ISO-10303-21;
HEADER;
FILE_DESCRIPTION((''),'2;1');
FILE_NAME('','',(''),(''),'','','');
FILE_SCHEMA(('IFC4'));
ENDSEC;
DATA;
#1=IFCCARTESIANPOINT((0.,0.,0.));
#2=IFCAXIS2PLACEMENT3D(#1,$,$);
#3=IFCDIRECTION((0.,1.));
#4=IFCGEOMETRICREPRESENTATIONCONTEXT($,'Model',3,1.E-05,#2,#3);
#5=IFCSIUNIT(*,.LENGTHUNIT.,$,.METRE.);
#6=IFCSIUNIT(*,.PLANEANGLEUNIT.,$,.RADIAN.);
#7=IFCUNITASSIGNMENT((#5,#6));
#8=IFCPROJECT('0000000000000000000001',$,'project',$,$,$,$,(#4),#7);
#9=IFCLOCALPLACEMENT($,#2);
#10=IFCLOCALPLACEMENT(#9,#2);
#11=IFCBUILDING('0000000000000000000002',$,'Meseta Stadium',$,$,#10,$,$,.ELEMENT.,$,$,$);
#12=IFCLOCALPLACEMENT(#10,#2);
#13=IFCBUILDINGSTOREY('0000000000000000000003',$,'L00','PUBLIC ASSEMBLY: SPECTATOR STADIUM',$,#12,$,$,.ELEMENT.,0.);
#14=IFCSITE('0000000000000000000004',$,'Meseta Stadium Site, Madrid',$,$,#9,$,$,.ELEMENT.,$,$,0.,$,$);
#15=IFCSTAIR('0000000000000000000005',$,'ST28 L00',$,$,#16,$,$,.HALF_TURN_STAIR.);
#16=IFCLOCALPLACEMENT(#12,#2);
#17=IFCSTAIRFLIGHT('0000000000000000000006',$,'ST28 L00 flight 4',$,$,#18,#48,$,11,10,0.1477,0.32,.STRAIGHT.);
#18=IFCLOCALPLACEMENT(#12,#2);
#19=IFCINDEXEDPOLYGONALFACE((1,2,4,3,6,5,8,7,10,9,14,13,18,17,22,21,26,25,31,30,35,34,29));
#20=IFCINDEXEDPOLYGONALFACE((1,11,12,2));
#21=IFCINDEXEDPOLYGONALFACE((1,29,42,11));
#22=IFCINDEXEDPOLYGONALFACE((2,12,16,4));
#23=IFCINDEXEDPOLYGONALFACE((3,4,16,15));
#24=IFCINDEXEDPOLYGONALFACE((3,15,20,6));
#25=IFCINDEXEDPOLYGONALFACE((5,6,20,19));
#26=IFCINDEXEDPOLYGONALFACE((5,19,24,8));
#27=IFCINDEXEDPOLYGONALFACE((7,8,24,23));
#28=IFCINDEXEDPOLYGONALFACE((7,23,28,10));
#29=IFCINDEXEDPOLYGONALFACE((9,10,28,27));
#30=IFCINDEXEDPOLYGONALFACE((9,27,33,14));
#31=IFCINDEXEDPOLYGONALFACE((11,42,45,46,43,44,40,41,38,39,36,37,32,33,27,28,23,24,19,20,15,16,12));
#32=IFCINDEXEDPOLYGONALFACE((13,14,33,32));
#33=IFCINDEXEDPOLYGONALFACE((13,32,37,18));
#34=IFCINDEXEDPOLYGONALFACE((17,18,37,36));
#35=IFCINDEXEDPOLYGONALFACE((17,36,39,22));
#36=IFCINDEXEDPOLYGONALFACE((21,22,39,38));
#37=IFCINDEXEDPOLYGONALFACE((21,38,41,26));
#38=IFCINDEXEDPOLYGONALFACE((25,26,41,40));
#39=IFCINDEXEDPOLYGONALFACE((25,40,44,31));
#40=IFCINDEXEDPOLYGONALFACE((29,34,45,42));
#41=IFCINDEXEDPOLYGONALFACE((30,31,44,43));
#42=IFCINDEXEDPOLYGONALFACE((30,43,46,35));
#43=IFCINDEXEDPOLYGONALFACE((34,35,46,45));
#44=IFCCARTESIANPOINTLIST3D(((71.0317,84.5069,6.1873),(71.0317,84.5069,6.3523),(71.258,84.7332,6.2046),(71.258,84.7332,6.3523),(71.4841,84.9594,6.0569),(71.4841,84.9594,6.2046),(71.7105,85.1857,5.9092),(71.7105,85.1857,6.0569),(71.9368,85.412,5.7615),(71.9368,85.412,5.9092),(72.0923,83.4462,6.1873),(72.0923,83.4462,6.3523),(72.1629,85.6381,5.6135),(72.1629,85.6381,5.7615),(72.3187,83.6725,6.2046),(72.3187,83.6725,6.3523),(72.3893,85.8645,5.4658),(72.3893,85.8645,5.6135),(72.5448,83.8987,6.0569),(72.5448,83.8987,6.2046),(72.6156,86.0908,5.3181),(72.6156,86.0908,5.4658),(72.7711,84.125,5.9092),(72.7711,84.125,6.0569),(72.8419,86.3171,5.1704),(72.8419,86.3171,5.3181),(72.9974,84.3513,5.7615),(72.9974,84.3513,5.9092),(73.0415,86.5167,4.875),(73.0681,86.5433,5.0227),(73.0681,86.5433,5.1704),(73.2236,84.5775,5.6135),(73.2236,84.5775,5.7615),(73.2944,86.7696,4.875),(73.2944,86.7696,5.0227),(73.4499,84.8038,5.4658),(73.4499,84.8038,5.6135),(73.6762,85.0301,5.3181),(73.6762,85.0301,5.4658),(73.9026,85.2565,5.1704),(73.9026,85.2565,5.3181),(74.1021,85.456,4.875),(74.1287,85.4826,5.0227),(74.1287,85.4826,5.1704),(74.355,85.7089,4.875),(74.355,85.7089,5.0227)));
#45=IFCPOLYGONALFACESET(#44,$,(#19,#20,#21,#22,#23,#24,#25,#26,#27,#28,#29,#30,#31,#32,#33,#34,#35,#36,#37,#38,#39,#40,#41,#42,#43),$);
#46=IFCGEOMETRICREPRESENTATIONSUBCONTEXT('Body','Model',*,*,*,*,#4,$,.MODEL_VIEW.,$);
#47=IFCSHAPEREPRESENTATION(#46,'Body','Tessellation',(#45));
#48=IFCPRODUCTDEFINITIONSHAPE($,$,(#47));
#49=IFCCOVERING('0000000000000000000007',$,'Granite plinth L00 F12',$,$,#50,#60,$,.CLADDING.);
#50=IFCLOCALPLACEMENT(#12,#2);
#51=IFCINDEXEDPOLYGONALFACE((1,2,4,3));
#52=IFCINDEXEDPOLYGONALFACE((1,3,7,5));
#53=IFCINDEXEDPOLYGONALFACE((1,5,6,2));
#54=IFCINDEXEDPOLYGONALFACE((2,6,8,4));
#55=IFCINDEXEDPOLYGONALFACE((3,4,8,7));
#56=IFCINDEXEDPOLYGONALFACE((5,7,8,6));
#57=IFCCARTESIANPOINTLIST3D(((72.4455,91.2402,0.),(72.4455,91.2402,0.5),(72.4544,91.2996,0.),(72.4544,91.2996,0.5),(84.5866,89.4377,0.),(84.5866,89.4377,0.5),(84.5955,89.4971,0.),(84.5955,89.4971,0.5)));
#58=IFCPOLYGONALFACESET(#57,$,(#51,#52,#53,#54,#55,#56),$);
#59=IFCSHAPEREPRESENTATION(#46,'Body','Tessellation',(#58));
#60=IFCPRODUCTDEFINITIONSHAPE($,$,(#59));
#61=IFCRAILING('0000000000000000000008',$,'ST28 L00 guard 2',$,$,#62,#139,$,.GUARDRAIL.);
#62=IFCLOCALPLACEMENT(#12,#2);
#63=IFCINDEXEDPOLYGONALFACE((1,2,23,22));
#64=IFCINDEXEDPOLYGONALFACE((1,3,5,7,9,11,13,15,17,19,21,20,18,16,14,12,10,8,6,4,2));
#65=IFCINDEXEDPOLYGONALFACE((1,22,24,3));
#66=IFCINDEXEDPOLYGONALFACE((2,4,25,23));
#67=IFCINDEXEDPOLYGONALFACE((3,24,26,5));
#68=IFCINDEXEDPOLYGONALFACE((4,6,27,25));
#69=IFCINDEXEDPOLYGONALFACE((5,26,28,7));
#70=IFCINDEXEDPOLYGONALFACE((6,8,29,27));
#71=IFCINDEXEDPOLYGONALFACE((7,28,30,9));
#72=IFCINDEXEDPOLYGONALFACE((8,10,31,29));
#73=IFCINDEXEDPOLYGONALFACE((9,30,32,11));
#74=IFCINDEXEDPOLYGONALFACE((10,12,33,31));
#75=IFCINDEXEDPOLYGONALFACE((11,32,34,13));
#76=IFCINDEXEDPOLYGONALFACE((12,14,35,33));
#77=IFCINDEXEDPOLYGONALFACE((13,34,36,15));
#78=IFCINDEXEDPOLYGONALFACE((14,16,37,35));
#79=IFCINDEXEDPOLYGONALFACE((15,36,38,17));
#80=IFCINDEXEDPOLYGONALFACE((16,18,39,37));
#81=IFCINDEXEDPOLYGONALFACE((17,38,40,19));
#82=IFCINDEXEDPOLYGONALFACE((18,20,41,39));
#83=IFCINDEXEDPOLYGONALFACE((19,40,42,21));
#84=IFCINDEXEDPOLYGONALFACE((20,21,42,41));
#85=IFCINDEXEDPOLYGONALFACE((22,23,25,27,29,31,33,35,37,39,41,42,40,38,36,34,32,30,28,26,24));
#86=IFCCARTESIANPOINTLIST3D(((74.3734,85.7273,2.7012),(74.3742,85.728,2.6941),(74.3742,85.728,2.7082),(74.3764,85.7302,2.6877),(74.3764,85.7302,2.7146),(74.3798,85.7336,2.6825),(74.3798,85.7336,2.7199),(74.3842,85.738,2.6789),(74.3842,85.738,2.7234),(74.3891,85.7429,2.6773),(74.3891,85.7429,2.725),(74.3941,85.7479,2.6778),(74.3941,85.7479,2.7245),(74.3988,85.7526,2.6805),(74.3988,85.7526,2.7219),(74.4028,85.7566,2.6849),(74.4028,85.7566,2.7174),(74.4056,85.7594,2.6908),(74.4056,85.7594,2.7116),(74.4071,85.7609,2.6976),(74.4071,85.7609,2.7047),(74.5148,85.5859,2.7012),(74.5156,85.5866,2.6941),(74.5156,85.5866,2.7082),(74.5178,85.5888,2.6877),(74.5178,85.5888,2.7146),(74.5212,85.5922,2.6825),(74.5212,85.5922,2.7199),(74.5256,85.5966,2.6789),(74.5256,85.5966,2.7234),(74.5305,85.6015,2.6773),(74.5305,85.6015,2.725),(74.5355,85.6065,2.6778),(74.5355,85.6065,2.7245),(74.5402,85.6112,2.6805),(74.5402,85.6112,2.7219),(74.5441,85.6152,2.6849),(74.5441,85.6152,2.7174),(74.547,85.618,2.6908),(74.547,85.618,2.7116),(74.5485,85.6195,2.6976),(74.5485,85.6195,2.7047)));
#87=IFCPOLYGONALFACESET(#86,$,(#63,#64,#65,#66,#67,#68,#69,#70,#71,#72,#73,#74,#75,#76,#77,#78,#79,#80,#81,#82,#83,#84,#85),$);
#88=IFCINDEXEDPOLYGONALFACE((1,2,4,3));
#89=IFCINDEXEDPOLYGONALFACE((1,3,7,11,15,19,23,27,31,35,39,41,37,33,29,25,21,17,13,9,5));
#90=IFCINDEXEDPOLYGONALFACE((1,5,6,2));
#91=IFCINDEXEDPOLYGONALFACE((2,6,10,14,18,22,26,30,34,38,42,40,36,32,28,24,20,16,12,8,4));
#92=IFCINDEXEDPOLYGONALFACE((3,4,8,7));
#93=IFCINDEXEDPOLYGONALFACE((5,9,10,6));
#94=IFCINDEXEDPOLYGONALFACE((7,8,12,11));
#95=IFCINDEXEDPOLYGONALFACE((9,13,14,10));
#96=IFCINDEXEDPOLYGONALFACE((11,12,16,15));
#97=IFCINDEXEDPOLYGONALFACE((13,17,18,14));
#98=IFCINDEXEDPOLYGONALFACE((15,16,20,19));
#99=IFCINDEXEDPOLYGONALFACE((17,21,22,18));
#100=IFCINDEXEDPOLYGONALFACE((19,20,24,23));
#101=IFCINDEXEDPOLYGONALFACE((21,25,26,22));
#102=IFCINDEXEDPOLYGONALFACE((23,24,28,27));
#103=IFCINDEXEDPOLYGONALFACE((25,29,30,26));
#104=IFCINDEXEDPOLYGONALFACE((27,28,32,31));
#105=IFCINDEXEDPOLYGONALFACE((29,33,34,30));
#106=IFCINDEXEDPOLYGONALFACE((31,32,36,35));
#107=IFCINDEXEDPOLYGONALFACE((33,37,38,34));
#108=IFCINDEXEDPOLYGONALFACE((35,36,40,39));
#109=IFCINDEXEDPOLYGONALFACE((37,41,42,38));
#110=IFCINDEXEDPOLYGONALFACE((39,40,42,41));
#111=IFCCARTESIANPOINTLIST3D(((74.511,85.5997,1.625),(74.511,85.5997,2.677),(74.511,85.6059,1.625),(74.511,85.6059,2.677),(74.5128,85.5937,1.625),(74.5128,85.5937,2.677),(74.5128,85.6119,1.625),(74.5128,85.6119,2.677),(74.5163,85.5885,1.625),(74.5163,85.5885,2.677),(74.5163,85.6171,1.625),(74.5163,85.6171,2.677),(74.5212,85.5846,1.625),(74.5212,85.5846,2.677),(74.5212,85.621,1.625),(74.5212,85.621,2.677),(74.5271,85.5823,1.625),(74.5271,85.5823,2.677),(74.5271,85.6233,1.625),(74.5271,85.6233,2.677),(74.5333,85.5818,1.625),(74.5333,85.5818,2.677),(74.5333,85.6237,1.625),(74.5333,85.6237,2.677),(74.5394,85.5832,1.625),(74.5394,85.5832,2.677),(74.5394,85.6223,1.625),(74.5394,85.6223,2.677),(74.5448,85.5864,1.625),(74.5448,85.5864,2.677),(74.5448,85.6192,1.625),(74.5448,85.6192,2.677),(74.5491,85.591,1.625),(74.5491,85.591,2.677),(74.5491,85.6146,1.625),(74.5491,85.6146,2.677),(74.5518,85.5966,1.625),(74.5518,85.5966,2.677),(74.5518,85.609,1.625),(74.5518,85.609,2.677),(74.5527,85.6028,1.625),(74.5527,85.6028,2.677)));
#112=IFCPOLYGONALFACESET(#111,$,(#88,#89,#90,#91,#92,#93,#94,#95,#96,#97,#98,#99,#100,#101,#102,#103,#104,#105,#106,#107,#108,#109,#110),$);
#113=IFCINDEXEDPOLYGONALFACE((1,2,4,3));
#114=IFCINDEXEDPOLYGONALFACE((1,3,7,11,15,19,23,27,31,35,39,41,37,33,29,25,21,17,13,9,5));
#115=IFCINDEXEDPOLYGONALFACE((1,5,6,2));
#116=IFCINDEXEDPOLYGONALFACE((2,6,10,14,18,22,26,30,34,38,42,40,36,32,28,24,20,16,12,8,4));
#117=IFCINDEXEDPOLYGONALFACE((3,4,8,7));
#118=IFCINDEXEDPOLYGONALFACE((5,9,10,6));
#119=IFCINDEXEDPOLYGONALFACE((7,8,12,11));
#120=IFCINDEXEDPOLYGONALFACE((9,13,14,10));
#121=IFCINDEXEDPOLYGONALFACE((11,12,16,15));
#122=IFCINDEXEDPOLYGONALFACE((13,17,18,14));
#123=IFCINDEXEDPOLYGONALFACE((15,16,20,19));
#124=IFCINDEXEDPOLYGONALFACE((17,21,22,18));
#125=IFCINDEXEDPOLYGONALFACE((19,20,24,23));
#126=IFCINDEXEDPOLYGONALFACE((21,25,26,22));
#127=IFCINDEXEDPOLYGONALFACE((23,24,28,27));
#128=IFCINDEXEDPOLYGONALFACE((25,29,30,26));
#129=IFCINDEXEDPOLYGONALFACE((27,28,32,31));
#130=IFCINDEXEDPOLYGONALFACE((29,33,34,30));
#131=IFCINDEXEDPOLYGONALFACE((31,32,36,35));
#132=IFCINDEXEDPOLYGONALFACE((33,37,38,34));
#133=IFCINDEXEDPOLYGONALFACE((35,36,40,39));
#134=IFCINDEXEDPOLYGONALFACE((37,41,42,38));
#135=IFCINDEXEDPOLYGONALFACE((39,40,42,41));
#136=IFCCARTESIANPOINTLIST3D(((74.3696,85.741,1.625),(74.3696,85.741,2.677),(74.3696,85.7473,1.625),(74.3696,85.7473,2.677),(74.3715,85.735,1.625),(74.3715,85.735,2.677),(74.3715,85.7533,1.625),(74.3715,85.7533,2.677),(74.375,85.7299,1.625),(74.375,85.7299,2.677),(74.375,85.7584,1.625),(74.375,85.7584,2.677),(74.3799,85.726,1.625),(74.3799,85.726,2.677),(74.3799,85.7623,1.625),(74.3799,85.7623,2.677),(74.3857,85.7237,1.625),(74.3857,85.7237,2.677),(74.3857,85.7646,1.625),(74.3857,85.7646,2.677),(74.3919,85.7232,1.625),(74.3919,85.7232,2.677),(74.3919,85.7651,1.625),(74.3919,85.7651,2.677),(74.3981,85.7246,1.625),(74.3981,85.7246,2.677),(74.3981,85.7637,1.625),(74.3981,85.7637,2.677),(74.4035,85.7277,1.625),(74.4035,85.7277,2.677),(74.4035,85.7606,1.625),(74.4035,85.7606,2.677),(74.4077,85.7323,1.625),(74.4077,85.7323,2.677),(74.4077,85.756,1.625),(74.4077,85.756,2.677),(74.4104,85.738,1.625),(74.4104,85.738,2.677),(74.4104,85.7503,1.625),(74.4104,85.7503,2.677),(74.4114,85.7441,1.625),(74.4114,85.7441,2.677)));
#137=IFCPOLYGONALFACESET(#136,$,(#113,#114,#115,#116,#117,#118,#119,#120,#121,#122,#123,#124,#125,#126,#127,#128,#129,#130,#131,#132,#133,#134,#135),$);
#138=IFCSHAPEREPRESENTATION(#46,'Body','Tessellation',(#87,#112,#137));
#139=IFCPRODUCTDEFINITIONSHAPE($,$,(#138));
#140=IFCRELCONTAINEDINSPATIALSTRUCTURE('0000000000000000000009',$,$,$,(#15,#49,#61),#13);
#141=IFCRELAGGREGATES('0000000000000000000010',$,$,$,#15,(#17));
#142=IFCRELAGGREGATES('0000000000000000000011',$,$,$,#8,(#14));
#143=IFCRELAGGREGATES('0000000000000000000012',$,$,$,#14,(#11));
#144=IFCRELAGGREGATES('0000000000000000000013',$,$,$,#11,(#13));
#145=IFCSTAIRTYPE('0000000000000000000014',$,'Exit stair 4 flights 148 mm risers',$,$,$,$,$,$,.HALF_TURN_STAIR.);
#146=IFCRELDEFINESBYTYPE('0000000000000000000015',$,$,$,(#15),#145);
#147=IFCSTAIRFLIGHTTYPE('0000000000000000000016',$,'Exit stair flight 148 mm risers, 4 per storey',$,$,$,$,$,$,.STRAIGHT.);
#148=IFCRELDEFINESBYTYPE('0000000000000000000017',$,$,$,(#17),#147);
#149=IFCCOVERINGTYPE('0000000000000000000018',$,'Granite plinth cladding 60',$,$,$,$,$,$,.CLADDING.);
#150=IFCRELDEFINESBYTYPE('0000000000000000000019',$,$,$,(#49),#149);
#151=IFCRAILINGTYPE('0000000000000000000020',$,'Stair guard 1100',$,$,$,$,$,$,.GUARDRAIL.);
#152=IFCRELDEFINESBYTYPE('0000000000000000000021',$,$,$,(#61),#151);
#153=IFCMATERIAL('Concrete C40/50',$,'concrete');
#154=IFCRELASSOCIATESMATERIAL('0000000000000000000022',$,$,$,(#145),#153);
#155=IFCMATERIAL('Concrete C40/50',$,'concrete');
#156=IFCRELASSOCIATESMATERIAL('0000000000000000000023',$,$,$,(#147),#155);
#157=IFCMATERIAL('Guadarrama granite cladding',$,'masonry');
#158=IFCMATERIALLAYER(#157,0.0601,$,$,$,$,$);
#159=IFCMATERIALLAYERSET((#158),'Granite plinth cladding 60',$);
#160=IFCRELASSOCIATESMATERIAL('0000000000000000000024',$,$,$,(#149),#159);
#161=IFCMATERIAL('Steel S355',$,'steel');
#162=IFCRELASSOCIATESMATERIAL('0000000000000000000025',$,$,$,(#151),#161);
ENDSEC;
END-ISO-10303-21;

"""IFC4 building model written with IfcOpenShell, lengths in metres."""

from ifc_helpers import new_model, si_unit, direction, frame, origin, origin_2d, place, context, subcontext, project, spatial, polyline, rectangle, circle, outline, extrude, material, layer, layer_set, type_object, element, aggregate, save


model = new_model("IFC4")

# Units and contexts
model_context = context("Model", 3, precision=1e-05, world=origin(), true_north=direction((0.0, 1.0)))
body_context = subcontext(model_context, "Body", "Model", "MODEL_VIEW")
ifc_project = project(units=[si_unit("LENGTHUNIT", "METRE"), si_unit("PLANEANGLEUNIT", "RADIAN")], contexts=[model_context])

# Site, building, storey
site_placement = place(None, origin())
site = spatial("IfcSite", under=ifc_project, at=site_placement, Name="Meseta Stadium Site, Madrid", CompositionType="ELEMENT", RefElevation=0.0)
building_placement = place(site_placement, origin())
building = spatial("IfcBuilding", under=site, at=building_placement, Name="Meseta Stadium", CompositionType="ELEMENT")
storey_placement = place(building_placement, origin())
storey = spatial("IfcBuildingStorey", under=building, at=storey_placement, Name="L00", Description="PUBLIC ASSEMBLY: SPECTATOR STADIUM", CompositionType="ELEMENT", Elevation=0.0)

# Shared definitions
ifc_material_1 = material(Name="Concrete C40/50", Category="concrete")
stair_type = type_object("IfcStairType", Name="Exit stair 4 flights 148 mm risers", PredefinedType="HALF_TURN_STAIR", material=ifc_material_1)
ifc_material_2 = material(Name="Concrete C40/50", Category="concrete")
stair_flight_type = type_object("IfcStairFlightType", Name="Exit stair flight 148 mm risers, 4 per storey", PredefinedType="STRAIGHT", material=ifc_material_2)

# Stair, stair flight
stair_1_placement = place(storey_placement, origin())
stair_1 = element("IfcStair", 1, at=stair_1_placement, inside=storey, type_object=stair_type, Name="ST28 L00", PredefinedType="HALF_TURN_STAIR")
stair_flight_1_placement = place(storey_placement, frame((73.8247, 86.2393, 4.875), z_axis=(0.0, 0.0, 1.0), x_axis=(-0.707107, -0.707107, 0.0)))
stair_flight_1 = element("IfcStairFlight", 2, at=stair_flight_1_placement, type_object=stair_flight_type, Name="ST28 L00 flight 4", NumberOfRisers=11, NumberOfTreads=10, PredefinedType="STRAIGHT", RiserHeight=0.1477, TreadLength=0.32, context=body_context, shape_type="SweptSolid", body=[
    extrude(outline(polyline([(0.0, 0.0), (0.0, 0.1477), (0.3201, 0.1477), (0.3201, 0.2954), (0.6399, 0.2954), (0.6399, 0.4431), (0.96, 0.4431), (0.96, 0.5908), (1.28, 0.5908), (1.28, 0.7385), (1.6001, 0.7385), (1.6001, 0.8865), (1.9199, 0.8865), (1.9199, 1.0342), (2.24, 1.0342), (2.24, 1.1819), (2.5601, 1.1819), (2.5601, 1.3296), (2.8799, 1.3296), (2.8799, 1.4773), (3.2, 1.4773), (3.2, 1.3123), (0.3577, 0.0), (0.0, 0.0)])), frame((0.0, 0.75, 0.0), z_axis=(0.0, -1.0, 0.0), x_axis=(1.0, 0.0, 0.0)), (0.0, 0.0, 1.0), 1.5),
])
aggregate(stair_1, [stair_flight_1])

# Covering
ifc_material_3 = material(Name="Guadarrama granite cladding", Category="masonry")
ifc_layer_1 = layer(ifc_material_3, 0.0601)
ifc_layer_set_1 = layer_set([ifc_layer_1], Name="Granite plinth cladding 60")
covering_type = type_object("IfcCoveringType", Name="Granite plinth cladding 60", PredefinedType="CLADDING", material=ifc_layer_set_1)
covering_placement = place(storey_placement, frame((78.5205, 90.3687, 0.0), z_axis=(0.0, 0.0, 1.0), x_axis=(0.989158, -0.146853, 0.0)))
element("IfcCovering", 3, at=covering_placement, inside=storey, type_object=covering_type, Name="Granite plinth L00 F12", PredefinedType="CLADDING", context=body_context, shape_type="SweptSolid", body=[
    extrude(rectangle(XDim=12.2742, YDim=0.0601, at=origin_2d()), origin(), (0.0, 0.0, 1.0), 0.5),
])

# Railing
ifc_material_4 = material(Name="Steel S355", Category="steel")
railing_type_1 = type_object("IfcRailingType", Name="Stair guard 1100", PredefinedType="GUARDRAIL", material=ifc_material_4)
railing_1_placement = place(storey_placement, frame((74.5317, 85.6028, 1.625)))
element("IfcRailing", 4, at=railing_1_placement, inside=storey, type_object=railing_type_1, Name="ST28 L00 guard 2", PredefinedType="GUARDRAIL", context=body_context, shape_type="SweptSolid", body=[
    extrude(circle(Radius=0.0239, at=origin_2d()), frame((0.0, 0.0, 1.0762), z_axis=(-0.707107, 0.707107, 0.0), x_axis=(-0.707107, -0.707107, 0.0)), (0.0, 0.0, 1.0), 0.2),
    extrude(circle(Radius=0.021, at=origin_2d()), origin(), (0.0, 0.0, 1.0), 1.052),
    extrude(circle(Radius=0.021, at=origin_2d()), frame((-0.1414, 0.1414, 0.0)), (0.0, 0.0, 1.0), 1.052),
])

save(model, "model.ifc")
